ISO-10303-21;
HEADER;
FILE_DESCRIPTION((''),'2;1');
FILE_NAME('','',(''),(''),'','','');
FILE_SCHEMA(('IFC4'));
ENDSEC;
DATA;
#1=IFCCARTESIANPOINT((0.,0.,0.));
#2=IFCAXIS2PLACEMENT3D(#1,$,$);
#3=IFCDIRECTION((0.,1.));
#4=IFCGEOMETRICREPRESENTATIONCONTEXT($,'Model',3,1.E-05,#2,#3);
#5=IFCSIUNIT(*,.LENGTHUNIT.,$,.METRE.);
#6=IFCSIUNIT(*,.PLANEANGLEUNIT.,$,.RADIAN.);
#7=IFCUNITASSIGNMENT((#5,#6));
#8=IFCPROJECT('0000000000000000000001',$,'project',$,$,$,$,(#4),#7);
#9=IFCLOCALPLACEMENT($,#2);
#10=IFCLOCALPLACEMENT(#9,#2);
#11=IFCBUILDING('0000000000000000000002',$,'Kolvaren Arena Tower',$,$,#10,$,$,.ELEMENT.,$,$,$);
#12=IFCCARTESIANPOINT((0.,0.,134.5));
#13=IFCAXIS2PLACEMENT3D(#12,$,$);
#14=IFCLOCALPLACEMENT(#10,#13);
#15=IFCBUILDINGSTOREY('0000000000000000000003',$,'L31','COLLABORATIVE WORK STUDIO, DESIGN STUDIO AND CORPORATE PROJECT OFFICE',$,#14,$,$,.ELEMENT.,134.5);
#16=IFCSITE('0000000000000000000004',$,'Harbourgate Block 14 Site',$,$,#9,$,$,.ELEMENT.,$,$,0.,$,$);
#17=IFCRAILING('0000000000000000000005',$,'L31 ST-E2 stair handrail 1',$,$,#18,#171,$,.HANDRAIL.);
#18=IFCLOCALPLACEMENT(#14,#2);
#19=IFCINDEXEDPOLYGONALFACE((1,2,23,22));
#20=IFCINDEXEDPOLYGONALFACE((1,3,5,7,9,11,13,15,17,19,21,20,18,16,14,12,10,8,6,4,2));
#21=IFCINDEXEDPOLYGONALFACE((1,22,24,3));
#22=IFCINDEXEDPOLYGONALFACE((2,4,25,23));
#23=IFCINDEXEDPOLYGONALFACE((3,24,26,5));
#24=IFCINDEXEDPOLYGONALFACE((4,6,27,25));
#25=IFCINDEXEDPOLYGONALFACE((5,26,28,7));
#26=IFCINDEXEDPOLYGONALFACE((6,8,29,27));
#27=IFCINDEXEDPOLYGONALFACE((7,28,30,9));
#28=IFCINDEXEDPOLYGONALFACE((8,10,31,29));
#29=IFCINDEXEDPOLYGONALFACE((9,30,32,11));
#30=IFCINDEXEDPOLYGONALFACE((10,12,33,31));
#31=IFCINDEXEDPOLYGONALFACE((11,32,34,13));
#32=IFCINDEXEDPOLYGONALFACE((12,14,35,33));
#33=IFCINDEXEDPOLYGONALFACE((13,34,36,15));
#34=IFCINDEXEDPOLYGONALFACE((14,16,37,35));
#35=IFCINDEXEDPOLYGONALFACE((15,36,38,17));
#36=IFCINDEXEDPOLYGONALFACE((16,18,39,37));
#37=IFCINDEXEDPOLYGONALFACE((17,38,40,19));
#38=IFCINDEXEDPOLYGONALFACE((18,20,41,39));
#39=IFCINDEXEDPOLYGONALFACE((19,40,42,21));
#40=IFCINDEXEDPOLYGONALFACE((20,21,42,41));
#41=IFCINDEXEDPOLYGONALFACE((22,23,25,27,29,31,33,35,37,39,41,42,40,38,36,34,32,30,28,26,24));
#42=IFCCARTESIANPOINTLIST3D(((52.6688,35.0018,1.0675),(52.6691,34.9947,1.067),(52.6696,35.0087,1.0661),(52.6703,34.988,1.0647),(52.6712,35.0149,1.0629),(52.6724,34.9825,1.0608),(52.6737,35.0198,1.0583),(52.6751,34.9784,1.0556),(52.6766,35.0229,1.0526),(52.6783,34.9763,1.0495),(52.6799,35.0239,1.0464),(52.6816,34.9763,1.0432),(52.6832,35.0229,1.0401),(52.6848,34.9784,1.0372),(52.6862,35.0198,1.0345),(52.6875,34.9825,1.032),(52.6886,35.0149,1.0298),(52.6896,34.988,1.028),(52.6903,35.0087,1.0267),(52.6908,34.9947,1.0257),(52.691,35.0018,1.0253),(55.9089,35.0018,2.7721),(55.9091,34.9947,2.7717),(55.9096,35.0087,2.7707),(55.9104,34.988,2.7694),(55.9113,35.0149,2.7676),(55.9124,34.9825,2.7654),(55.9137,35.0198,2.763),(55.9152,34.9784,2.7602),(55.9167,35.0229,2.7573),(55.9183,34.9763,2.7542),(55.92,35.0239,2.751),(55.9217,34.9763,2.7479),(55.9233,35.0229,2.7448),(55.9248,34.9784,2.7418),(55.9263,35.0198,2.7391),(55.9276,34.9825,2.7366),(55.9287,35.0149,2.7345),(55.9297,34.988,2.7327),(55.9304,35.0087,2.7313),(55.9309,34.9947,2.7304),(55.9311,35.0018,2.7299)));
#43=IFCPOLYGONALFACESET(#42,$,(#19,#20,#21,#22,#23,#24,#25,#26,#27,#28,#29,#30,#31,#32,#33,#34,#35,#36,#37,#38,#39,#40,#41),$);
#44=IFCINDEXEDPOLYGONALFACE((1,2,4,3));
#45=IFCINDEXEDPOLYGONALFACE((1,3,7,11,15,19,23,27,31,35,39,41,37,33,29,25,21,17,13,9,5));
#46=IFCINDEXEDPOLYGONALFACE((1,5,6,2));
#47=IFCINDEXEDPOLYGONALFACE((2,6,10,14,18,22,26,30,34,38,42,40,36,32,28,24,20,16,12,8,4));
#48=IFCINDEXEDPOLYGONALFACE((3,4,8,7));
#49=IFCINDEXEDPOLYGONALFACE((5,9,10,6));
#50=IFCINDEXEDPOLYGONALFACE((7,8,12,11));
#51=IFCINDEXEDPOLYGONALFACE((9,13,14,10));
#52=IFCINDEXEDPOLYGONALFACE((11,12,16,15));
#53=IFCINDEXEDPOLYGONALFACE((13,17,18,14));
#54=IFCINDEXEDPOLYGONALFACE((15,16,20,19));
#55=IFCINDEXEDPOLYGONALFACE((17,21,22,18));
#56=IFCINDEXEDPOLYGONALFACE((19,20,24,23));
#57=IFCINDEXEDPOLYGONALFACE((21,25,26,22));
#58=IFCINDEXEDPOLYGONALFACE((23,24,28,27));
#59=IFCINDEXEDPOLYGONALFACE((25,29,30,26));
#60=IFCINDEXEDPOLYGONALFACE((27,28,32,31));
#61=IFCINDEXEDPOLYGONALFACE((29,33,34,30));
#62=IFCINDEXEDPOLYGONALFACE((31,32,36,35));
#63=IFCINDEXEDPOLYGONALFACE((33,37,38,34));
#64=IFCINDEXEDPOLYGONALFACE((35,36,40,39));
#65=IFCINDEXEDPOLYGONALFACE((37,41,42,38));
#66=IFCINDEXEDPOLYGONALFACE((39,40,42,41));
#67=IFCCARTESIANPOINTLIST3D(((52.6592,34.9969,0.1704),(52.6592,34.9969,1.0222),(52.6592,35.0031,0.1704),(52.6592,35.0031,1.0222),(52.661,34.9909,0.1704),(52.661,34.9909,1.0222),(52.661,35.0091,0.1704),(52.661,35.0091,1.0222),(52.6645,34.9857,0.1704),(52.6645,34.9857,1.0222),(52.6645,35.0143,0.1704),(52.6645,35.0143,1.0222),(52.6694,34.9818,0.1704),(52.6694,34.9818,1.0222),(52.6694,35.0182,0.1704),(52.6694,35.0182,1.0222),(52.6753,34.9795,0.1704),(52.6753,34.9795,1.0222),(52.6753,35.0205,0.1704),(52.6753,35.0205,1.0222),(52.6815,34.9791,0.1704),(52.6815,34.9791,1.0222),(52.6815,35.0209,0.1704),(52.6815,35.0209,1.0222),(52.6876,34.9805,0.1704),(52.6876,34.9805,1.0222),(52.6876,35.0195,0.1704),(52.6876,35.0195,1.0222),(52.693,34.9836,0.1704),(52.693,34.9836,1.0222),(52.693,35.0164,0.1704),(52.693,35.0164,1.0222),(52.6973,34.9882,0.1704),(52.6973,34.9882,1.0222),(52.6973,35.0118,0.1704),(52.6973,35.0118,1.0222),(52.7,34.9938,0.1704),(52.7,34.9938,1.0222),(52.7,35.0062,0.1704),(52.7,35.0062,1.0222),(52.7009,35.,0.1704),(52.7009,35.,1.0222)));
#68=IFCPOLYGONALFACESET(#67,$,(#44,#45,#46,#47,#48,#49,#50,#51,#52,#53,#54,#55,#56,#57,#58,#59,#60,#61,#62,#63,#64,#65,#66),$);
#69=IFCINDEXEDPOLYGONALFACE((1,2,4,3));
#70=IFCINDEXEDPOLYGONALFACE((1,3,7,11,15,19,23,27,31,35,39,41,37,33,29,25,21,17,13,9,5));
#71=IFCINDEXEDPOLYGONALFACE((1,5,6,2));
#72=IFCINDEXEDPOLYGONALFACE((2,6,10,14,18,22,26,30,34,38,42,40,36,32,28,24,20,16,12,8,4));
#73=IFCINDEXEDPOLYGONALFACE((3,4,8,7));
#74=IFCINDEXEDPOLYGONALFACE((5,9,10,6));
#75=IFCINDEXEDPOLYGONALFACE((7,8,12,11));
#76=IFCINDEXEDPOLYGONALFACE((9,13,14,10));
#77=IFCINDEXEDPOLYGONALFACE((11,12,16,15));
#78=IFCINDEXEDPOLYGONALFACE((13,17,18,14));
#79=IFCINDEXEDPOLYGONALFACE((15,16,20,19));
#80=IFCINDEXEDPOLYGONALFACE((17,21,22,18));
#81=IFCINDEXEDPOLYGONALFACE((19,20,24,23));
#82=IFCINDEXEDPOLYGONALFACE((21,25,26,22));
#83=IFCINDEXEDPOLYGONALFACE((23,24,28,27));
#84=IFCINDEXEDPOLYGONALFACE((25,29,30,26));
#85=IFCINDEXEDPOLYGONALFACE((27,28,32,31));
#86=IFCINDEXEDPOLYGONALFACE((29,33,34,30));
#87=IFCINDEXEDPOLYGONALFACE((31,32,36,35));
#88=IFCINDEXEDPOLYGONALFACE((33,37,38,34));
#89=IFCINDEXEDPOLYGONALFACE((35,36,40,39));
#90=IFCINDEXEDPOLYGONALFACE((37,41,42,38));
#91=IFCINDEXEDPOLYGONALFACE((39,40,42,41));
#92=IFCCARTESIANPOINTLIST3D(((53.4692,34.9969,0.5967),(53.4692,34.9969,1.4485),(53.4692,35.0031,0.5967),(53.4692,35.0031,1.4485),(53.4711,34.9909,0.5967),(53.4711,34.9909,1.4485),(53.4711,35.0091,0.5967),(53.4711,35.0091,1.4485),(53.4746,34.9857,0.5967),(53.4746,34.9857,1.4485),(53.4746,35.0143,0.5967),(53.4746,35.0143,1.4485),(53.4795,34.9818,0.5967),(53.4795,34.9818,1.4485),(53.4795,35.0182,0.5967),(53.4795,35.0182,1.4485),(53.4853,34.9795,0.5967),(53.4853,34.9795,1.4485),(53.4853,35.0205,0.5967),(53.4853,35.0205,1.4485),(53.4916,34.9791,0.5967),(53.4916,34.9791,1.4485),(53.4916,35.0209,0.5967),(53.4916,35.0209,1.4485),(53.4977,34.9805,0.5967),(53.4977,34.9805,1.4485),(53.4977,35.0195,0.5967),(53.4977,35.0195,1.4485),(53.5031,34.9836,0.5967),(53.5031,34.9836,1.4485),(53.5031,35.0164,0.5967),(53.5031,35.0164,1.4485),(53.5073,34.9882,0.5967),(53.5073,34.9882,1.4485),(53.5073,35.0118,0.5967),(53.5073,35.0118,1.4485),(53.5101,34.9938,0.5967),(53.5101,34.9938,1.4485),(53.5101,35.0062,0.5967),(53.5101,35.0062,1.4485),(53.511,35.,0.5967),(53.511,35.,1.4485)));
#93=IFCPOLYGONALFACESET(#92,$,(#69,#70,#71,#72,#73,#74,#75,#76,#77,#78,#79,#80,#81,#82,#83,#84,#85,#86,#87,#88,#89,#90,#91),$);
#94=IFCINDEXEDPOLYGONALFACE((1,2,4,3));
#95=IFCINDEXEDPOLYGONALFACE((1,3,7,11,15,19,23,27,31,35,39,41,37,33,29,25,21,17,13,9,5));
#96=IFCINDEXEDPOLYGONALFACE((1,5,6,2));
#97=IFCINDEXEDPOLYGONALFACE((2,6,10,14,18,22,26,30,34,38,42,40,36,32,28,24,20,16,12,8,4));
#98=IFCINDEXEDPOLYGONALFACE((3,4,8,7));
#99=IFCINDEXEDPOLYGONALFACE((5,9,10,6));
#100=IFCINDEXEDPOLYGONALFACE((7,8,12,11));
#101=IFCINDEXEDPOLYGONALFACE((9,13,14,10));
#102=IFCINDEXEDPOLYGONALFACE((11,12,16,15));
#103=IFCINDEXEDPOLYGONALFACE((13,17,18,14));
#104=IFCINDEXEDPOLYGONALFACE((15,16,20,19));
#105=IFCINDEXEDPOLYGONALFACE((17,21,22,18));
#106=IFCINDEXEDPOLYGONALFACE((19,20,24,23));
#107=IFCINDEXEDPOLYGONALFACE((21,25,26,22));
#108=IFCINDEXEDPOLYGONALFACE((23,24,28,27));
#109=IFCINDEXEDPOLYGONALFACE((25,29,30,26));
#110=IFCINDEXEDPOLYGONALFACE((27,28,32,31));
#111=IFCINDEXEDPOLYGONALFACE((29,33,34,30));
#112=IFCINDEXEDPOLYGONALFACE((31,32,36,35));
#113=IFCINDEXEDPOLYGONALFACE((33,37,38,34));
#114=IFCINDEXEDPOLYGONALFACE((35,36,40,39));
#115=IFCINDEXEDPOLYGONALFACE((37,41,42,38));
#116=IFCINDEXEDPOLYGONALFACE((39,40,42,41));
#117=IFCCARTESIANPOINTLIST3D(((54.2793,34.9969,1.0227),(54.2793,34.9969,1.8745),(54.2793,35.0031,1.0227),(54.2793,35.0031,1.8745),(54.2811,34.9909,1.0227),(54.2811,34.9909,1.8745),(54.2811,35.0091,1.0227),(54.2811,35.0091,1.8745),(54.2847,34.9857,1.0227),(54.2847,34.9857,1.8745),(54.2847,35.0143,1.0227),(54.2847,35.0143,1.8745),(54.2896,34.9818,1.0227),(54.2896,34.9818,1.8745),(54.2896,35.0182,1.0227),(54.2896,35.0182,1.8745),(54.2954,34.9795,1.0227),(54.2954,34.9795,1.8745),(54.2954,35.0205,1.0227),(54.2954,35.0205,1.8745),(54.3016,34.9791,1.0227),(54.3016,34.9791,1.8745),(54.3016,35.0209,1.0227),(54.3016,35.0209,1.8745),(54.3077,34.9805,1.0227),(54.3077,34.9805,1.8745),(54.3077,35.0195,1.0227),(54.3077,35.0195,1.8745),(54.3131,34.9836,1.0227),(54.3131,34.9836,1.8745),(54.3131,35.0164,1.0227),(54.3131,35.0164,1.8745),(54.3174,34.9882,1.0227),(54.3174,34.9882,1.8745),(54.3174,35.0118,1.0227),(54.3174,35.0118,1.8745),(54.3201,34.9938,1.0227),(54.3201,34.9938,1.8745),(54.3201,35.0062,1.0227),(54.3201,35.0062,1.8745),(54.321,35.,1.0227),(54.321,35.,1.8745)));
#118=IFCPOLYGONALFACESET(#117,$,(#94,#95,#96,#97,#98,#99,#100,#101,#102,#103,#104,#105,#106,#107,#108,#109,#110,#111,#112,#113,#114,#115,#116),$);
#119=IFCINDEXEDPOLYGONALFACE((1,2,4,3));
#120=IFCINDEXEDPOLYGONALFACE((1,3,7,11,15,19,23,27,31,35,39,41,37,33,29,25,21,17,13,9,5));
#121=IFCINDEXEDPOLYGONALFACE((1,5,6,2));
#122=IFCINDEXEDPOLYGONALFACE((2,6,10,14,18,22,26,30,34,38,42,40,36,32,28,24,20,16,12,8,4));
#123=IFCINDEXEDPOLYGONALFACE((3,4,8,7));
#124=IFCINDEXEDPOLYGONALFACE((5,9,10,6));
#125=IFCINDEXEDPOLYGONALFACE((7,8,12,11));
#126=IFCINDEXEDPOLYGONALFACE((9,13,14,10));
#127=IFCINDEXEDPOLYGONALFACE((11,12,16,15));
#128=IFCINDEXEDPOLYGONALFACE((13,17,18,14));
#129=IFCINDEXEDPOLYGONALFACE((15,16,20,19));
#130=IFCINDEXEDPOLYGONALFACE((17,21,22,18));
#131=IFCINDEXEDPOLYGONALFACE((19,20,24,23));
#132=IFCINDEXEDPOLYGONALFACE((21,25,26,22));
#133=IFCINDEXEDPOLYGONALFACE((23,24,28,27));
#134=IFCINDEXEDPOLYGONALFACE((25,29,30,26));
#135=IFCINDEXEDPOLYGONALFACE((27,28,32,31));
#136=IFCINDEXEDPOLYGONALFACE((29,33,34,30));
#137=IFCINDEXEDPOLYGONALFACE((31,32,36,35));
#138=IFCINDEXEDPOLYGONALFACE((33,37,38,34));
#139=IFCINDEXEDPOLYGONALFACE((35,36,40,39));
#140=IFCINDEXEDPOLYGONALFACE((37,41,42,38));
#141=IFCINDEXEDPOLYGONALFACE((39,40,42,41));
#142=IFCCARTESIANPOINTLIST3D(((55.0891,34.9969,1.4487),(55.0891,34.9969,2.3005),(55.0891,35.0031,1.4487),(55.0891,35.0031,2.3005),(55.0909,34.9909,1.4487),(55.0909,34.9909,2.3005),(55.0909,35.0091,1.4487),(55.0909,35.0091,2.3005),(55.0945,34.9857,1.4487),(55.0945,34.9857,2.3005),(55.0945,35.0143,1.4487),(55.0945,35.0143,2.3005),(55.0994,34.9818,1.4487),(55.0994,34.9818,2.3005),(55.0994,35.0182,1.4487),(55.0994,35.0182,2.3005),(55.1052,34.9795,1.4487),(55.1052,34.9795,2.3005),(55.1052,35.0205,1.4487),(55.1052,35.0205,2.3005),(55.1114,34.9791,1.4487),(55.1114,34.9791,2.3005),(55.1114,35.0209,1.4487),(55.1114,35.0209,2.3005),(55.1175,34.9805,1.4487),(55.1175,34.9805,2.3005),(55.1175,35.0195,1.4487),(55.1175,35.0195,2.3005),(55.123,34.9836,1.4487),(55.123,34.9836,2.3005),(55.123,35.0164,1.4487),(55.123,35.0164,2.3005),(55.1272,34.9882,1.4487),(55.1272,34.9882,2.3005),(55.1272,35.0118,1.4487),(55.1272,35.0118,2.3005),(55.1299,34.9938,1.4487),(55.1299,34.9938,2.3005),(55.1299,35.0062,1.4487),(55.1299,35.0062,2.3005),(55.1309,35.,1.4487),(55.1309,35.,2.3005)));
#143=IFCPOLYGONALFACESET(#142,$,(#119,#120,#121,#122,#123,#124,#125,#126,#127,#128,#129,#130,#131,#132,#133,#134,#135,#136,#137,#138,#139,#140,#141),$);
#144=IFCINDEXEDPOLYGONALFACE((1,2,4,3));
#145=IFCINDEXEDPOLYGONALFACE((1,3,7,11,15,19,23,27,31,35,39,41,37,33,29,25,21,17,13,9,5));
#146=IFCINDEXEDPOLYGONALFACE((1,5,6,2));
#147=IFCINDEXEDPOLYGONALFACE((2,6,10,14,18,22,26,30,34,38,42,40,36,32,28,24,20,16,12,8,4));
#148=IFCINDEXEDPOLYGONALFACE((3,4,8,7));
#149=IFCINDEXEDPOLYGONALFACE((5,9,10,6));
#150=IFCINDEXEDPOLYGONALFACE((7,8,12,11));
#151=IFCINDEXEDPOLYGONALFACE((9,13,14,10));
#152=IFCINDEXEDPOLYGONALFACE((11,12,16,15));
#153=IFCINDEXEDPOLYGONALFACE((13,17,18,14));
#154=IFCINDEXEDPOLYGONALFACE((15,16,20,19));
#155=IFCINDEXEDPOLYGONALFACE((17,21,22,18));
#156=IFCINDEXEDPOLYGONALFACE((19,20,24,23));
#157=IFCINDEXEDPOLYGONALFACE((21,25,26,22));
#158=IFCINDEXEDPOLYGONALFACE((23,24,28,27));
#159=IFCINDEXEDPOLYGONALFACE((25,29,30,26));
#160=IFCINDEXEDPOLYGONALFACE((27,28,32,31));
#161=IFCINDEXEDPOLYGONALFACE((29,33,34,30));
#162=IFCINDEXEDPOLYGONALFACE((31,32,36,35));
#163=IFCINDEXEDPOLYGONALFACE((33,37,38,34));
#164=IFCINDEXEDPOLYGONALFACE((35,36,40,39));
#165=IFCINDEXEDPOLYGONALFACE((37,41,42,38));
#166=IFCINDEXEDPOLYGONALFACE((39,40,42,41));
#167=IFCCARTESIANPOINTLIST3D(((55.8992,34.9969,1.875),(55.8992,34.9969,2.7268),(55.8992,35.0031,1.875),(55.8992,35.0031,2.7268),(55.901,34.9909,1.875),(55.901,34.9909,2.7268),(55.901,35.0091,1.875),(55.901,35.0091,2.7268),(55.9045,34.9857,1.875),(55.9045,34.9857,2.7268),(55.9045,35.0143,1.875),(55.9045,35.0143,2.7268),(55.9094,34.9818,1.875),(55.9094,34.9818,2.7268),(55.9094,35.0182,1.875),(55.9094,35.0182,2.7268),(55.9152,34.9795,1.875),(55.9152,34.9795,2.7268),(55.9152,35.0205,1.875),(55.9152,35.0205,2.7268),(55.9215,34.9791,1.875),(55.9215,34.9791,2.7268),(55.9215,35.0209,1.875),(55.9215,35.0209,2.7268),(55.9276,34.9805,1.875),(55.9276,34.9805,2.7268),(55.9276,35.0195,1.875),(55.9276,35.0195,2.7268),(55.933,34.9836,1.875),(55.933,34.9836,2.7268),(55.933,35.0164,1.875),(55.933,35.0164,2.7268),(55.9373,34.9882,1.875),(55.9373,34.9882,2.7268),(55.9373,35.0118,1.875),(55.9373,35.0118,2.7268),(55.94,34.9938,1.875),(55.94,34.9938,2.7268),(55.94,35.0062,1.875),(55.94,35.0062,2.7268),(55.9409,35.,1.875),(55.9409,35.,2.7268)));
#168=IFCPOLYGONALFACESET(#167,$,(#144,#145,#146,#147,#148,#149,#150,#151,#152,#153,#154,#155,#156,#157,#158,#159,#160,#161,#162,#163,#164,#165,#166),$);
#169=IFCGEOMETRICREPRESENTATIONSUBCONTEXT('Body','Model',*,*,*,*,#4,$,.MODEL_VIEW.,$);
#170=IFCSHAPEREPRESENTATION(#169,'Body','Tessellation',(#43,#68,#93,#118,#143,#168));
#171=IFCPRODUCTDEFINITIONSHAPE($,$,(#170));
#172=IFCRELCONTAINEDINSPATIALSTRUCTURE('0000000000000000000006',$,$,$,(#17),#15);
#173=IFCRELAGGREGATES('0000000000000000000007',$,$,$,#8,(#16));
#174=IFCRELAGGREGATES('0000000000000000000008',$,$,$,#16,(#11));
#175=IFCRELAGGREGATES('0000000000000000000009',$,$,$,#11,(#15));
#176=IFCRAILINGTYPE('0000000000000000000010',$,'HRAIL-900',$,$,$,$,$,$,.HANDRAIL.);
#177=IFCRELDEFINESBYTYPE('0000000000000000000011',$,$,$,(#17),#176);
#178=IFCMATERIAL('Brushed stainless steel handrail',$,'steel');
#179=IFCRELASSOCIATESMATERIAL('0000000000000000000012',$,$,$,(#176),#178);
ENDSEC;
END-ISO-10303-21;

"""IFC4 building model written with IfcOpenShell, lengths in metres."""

from ifc_helpers import new_model, si_unit, direction, frame, origin, origin_2d, place, context, subcontext, project, spatial, circle, extrude, material, type_object, element, save


model = new_model("IFC4")

# Units and contexts
model_context = context("Model", 3, precision=1e-05, world=origin(), true_north=direction((0.0, 1.0)))
body_context = subcontext(model_context, "Body", "Model", "MODEL_VIEW")
ifc_project = project(units=[si_unit("LENGTHUNIT", "METRE"), si_unit("PLANEANGLEUNIT", "RADIAN")], contexts=[model_context])

# Site, building, storey
site_placement = place(None, origin())
site = spatial("IfcSite", under=ifc_project, at=site_placement, Name="Harbourgate Block 14 Site", CompositionType="ELEMENT", RefElevation=0.0)
building_placement = place(site_placement, origin())
building = spatial("IfcBuilding", under=site, at=building_placement, Name="Kolvaren Arena Tower", CompositionType="ELEMENT")
storey_placement = place(building_placement, frame((0.0, 0.0, 134.5)))
storey = spatial("IfcBuildingStorey", under=building, at=storey_placement, Name="L31", Description="COLLABORATIVE WORK STUDIO, DESIGN STUDIO AND CORPORATE PROJECT OFFICE", CompositionType="ELEMENT", Elevation=134.5)

# Railing
ifc_material_1 = material(Name="Brushed stainless steel handrail", Category="steel")
railing_type_1 = type_object("IfcRailingType", Name="HRAIL-900", PredefinedType="HANDRAIL", material=ifc_material_1)
for number, where, name in (
    (1, (52.6799, 35.0, 0.1704), "L31 ST-E2 stair handrail 1"),
):
    element("IfcRailing", number, at=place(storey_placement, frame(where)), inside=storey, type_object=railing_type_1, Name=name, PredefinedType="HANDRAIL", context=body_context, shape_type="SweptSolid", body=[
        extrude(circle(Radius=0.0239, at=origin_2d()), frame((0.0, 0.0, 0.876), z_axis=(0.884993, 0.0, 0.465604), x_axis=(0.0, 1.0, 0.0)), (0.0, 0.0, 1.0), 3.6611),
        extrude(circle(Radius=0.021, at=origin_2d()), origin(), (0.0, 0.0, 1.0), 0.8518),
        extrude(circle(Radius=0.021, at=origin_2d()), frame((0.8101, 0.0, 0.4263)), (0.0, 0.0, 1.0), 0.8518),
        extrude(circle(Radius=0.021, at=origin_2d()), frame((1.6201, 0.0, 0.8523)), (0.0, 0.0, 1.0), 0.8518),
        extrude(circle(Radius=0.021, at=origin_2d()), frame((2.4299, 0.0, 1.2783)), (0.0, 0.0, 1.0), 0.8518),
        extrude(circle(Radius=0.021, at=origin_2d()), frame((3.24, 0.0, 1.7046)), (0.0, 0.0, 1.0), 0.8518),
    ])

save(model, "model.ifc")
